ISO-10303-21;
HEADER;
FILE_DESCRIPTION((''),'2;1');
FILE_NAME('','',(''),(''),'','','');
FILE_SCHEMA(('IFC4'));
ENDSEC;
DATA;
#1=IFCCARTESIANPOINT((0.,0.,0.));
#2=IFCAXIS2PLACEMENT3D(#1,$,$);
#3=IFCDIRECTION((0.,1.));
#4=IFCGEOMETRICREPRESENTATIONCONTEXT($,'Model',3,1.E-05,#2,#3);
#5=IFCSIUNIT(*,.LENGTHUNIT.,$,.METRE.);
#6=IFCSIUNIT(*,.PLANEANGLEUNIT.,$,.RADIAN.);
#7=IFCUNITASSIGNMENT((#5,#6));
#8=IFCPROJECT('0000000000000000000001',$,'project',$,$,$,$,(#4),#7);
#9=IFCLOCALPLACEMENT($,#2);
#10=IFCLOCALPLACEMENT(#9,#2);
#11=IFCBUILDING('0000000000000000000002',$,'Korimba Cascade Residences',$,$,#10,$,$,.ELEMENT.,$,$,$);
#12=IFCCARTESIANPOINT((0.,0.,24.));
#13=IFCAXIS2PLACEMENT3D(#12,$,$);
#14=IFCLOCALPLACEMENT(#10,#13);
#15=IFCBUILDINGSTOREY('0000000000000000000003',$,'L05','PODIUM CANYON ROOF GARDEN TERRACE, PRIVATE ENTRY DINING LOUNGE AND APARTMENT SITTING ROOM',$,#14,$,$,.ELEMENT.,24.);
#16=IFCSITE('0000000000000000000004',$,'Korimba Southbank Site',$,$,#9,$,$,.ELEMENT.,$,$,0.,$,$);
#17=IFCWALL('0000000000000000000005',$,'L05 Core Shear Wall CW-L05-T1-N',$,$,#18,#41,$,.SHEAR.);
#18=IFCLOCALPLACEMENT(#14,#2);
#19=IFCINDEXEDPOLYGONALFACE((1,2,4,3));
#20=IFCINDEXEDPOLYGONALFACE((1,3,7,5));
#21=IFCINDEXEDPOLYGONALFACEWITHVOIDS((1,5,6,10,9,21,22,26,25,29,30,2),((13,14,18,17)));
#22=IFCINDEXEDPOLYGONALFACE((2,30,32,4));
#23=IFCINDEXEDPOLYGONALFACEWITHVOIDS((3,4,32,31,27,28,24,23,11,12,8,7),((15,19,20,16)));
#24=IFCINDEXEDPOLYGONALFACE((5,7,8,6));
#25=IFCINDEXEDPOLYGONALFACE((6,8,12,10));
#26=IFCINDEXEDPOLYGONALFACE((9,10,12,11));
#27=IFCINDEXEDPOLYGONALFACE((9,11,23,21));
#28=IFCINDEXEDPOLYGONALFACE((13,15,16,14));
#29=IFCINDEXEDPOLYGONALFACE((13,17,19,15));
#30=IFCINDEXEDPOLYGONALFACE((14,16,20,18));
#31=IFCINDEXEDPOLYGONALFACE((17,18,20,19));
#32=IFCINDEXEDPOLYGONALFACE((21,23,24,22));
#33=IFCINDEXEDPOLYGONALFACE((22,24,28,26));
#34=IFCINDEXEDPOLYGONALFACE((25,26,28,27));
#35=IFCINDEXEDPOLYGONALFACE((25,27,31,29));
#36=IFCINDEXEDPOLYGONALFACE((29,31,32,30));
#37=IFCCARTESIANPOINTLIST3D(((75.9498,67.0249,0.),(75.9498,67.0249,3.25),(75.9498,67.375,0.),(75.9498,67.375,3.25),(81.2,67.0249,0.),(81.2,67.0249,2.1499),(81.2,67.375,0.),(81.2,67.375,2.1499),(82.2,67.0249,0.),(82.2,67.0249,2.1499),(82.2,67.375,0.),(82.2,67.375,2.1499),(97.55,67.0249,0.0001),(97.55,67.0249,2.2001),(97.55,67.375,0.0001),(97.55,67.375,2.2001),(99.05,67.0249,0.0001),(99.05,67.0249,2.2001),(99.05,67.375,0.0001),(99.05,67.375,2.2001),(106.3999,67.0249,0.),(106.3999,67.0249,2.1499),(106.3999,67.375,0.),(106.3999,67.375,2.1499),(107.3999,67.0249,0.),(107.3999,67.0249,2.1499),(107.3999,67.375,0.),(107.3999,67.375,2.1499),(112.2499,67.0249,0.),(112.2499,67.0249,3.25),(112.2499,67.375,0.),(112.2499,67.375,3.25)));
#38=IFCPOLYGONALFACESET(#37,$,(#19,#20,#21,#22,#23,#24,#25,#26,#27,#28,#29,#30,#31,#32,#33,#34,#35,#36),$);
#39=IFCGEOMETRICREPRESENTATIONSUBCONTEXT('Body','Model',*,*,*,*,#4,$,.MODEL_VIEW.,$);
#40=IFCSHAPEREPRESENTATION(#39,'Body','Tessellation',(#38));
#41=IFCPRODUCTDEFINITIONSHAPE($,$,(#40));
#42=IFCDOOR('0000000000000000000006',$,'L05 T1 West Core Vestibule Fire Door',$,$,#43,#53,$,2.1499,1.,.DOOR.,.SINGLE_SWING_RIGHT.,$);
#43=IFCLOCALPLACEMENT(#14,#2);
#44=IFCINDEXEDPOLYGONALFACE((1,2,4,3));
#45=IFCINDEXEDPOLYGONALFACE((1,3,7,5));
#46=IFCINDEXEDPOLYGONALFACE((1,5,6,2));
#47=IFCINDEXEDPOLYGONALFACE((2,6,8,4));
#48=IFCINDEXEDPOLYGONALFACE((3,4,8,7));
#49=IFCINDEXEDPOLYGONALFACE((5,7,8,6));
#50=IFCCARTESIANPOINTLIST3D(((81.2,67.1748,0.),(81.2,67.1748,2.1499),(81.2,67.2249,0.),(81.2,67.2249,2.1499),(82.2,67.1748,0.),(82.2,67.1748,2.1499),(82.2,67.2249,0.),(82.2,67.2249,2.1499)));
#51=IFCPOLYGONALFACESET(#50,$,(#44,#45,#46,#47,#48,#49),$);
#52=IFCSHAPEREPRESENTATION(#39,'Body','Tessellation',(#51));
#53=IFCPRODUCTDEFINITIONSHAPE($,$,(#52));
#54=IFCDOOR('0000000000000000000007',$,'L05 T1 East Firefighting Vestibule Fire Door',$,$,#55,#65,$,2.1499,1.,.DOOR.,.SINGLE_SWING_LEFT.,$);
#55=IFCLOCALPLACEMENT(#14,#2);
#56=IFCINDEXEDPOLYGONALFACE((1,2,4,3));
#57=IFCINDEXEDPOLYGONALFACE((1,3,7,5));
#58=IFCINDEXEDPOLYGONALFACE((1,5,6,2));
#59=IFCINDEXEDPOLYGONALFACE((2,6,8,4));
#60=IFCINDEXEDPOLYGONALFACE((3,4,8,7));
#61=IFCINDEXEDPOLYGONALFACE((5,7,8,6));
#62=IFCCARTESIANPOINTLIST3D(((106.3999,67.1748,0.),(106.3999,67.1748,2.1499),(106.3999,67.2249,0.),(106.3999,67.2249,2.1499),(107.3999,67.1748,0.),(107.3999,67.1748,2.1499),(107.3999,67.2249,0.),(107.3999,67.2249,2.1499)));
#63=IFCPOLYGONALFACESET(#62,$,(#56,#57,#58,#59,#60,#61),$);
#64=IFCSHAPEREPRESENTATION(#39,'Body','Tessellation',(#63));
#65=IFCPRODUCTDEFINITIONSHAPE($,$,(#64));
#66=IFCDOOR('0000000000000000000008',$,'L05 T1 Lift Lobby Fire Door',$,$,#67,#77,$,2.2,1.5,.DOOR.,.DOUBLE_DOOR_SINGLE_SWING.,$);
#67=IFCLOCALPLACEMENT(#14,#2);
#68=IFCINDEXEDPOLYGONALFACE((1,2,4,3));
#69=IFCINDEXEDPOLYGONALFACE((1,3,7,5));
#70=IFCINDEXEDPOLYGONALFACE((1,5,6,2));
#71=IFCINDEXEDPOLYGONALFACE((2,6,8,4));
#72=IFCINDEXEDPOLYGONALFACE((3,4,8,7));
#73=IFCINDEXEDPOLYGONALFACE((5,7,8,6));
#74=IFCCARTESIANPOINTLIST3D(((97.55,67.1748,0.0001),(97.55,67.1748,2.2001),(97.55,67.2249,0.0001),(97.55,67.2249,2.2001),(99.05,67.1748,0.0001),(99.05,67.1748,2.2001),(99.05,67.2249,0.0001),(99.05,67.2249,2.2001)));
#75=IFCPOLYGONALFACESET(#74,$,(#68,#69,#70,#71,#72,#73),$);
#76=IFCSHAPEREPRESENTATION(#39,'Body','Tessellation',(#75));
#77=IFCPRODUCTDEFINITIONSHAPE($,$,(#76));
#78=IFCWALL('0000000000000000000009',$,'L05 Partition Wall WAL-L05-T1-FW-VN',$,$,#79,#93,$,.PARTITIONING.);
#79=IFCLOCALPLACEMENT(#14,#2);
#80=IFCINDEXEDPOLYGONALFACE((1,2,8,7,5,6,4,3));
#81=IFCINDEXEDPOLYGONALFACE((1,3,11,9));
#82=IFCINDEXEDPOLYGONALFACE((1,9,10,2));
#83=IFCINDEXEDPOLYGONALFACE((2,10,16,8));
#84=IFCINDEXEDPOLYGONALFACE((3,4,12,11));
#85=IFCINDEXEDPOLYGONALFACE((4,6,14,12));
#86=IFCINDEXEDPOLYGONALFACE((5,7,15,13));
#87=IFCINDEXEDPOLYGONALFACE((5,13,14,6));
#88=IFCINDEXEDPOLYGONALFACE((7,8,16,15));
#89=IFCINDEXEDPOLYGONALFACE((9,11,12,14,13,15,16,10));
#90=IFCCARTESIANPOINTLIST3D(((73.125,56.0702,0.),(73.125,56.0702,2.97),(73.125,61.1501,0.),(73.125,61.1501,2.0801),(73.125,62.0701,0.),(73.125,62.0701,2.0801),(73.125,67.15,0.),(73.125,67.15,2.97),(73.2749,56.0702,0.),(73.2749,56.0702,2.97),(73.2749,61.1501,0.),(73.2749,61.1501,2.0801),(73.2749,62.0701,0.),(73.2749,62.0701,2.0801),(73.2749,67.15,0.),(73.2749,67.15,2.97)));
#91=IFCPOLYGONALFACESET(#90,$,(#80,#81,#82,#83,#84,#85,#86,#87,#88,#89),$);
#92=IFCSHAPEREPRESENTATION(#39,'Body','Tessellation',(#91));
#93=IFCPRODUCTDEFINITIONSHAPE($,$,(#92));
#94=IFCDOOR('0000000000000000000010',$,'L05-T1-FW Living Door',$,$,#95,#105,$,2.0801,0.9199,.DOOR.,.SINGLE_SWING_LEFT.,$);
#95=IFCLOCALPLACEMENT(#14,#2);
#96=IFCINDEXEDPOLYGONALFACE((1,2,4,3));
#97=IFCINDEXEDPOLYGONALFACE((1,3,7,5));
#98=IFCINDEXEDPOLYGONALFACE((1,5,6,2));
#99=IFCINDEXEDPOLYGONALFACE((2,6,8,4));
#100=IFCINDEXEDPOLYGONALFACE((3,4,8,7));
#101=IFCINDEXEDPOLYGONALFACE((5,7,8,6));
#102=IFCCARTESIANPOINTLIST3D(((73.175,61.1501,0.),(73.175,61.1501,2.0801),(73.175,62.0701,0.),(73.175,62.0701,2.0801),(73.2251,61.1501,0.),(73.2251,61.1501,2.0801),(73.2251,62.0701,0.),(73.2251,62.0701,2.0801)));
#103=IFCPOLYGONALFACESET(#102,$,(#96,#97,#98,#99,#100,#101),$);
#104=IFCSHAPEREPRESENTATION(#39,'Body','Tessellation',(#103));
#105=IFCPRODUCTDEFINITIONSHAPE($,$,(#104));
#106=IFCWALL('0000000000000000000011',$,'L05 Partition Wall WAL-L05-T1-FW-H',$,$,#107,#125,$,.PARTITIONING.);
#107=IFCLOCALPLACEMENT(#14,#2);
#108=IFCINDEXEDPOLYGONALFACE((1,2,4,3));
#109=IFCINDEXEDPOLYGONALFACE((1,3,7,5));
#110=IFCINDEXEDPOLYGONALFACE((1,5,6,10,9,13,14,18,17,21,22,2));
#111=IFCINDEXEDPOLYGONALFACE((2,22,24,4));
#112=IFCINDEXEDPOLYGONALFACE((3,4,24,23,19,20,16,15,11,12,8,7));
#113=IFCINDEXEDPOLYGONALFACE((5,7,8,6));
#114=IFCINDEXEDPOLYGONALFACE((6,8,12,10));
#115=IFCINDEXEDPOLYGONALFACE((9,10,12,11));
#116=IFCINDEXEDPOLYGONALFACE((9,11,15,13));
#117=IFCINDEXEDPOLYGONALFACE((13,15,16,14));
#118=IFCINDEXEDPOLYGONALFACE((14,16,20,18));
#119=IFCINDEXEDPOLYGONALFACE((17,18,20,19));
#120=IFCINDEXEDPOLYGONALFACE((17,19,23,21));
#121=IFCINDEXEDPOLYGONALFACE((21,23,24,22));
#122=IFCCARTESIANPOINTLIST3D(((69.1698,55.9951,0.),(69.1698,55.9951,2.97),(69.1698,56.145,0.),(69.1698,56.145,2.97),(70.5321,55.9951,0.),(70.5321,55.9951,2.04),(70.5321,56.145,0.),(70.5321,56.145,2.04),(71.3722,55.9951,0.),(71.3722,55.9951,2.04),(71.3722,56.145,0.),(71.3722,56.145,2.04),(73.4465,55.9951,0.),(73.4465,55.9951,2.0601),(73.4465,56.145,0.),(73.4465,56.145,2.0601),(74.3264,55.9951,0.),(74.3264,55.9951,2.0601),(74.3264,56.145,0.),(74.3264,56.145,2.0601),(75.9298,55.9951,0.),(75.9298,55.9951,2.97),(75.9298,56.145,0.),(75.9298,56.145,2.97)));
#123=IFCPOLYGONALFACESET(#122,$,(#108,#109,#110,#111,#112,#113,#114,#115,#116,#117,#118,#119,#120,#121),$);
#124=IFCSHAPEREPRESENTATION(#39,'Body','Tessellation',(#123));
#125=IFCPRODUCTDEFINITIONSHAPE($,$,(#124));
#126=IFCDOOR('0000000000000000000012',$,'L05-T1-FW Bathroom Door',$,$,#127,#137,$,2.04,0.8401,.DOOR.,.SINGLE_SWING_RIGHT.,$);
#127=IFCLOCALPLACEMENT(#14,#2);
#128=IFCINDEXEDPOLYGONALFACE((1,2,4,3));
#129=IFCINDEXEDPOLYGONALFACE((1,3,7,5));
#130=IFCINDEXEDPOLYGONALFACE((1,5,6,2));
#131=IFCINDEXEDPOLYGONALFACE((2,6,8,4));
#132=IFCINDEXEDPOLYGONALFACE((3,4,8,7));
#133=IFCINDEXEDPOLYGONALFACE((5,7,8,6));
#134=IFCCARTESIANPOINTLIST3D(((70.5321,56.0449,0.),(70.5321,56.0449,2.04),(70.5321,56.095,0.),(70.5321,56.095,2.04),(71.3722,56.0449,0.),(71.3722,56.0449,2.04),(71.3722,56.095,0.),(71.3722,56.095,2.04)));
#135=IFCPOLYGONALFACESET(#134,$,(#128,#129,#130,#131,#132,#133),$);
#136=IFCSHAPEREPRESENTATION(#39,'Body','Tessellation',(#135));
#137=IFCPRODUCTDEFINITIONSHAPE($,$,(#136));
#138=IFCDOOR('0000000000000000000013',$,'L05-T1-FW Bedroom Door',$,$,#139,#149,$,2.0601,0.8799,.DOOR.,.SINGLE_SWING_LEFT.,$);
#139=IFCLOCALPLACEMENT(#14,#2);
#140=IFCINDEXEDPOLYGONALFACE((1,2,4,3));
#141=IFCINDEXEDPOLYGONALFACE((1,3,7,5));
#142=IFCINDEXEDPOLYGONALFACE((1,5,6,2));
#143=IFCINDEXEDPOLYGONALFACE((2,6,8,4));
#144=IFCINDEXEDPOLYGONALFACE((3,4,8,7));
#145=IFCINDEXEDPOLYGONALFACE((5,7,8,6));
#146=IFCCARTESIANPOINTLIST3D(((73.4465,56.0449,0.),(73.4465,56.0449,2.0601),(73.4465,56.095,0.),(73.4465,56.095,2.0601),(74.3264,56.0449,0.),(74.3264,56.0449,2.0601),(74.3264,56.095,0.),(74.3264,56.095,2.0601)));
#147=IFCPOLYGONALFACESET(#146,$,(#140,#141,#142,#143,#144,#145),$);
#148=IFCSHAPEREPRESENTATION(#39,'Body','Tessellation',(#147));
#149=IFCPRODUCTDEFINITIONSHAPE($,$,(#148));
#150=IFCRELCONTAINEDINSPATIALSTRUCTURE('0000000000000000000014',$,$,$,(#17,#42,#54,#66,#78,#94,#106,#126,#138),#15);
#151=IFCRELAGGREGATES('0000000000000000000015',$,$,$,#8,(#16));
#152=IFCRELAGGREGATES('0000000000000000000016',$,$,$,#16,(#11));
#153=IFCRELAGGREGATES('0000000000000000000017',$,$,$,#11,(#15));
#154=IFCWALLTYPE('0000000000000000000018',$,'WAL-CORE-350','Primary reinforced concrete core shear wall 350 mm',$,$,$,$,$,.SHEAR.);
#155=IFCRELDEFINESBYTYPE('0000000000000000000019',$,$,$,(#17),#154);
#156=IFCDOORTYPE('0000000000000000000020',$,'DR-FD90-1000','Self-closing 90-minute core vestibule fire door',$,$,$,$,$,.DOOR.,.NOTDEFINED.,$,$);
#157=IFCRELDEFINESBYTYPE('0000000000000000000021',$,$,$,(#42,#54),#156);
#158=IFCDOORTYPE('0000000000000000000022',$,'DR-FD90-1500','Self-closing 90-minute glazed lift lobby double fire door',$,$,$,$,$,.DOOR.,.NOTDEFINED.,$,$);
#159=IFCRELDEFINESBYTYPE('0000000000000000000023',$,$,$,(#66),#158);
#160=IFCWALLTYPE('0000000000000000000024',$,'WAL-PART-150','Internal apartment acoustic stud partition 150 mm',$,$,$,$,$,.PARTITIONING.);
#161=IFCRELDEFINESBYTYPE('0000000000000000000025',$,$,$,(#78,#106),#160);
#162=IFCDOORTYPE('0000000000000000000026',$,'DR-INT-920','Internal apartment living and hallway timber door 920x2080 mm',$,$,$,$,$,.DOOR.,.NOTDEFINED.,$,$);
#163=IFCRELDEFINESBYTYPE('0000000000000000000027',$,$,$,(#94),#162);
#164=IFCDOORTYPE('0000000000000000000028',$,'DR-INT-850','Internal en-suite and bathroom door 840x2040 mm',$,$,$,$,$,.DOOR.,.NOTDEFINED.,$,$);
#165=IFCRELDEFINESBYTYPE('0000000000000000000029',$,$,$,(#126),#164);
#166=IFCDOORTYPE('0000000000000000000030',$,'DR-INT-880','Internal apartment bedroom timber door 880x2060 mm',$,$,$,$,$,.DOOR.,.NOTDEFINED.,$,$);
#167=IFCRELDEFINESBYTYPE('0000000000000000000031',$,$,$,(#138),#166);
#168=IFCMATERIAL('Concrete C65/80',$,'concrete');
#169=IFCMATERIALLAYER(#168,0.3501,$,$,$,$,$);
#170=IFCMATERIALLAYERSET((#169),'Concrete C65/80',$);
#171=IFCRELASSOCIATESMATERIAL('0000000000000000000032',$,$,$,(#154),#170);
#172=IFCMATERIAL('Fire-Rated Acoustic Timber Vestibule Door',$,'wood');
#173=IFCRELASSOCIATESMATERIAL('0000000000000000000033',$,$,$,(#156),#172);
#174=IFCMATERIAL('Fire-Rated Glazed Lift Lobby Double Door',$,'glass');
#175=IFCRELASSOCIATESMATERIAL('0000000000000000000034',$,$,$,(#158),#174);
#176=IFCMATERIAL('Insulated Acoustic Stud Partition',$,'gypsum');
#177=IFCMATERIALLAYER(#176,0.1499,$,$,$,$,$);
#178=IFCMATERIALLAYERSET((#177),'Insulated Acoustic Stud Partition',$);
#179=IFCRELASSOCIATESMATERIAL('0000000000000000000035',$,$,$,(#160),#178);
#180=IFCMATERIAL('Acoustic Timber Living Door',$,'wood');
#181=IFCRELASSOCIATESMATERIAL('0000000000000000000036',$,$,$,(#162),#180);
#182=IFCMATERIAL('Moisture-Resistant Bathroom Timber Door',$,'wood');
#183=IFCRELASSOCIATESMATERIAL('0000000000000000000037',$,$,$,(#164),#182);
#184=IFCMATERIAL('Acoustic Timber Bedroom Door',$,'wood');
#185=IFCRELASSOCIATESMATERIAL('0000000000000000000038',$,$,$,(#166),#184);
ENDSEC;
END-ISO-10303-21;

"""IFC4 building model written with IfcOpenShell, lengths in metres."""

from ifc_helpers import new_model, si_unit, direction, frame, frame_2d, origin, place, context, subcontext, project, spatial, rectangle, extrude, material, layer, layer_set, type_object, element, fill, save


model = new_model("IFC4")

# Units and contexts
model_context = context("Model", 3, precision=1e-05, world=origin(), true_north=direction((0.0, 1.0)))
body_context = subcontext(model_context, "Body", "Model", "MODEL_VIEW")
ifc_project = project(units=[si_unit("LENGTHUNIT", "METRE"), si_unit("PLANEANGLEUNIT", "RADIAN")], contexts=[model_context])

# Site, building, storey
site_placement = place(None, origin())
site = spatial("IfcSite", under=ifc_project, at=site_placement, Name="Korimba Southbank Site", CompositionType="ELEMENT", RefElevation=0.0)
building_placement = place(site_placement, origin())
building = spatial("IfcBuilding", under=site, at=building_placement, Name="Korimba Cascade Residences", CompositionType="ELEMENT")
storey_placement = place(building_placement, frame((0.0, 0.0, 24.0)))
storey = spatial("IfcBuildingStorey", under=building, at=storey_placement, Name="L05", Description="PODIUM CANYON ROOF GARDEN TERRACE, PRIVATE ENTRY DINING LOUNGE AND APARTMENT SITTING ROOM", CompositionType="ELEMENT", Elevation=24.0)

# Shared definitions
ifc_material_1 = material(Name="Concrete C65/80", Category="concrete")
ifc_layer_1 = layer(ifc_material_1, 0.3501)
ifc_layer_set_1 = layer_set([ifc_layer_1], Name="Concrete C65/80")
wall_type_1 = type_object("IfcWallType", Name="WAL-CORE-350", Description="Primary reinforced concrete core shear wall 350 mm", PredefinedType="SHEAR", material=ifc_layer_set_1)

# Wall, openings, doors
wall_1_placement = place(storey_placement, frame((75.95, 67.2, 0.0), z_axis=(0.0, 0.0, 1.0), x_axis=(1.0, 0.0, 0.0)))
wall_1 = element("IfcWall", 1, at=wall_1_placement, inside=storey, type_object=wall_type_1, Name="L05 Core Shear Wall CW-L05-T1-N", PredefinedType="SHEAR", context=body_context, shape_type="SweptSolid", body=[
    extrude(rectangle(XDim=36.3, YDim=0.3501, at=frame_2d((18.1499, 0.0))), origin(), (0.0, 0.0, 1.0), 3.25),
])
opening_1_placement = place(wall_1_placement, frame((5.25, 0.0, 0.0)))
opening_1 = element("IfcOpeningElement", 2, at=opening_1_placement, cuts=wall_1, PredefinedType="OPENING", context=body_context, shape_type="SweptSolid", body=[
    extrude(rectangle(XDim=1.0, YDim=2.1499, at=frame_2d((0.5, 1.075))), frame((0.0, 0.1851, 0.0), z_axis=(0.0, -1.0, 0.0), x_axis=(1.0, 0.0, 0.0)), (0.0, 0.0, 1.0), 0.3701),
])
opening_2_placement = place(wall_1_placement, frame((21.6001, 0.0, 0.0)))
opening_2 = element("IfcOpeningElement", 3, at=opening_2_placement, cuts=wall_1, PredefinedType="OPENING", context=body_context, shape_type="SweptSolid", body=[
    extrude(rectangle(XDim=1.5, YDim=2.2, at=frame_2d((0.75, 1.1001))), frame((0.0, 0.1851, 0.0), z_axis=(0.0, -1.0, 0.0), x_axis=(1.0, 0.0, 0.0)), (0.0, 0.0, 1.0), 0.3701),
])
opening_3_placement = place(wall_1_placement, frame((30.45, 0.0, 0.0)))
opening_3 = element("IfcOpeningElement", 4, at=opening_3_placement, cuts=wall_1, PredefinedType="OPENING", context=body_context, shape_type="SweptSolid", body=[
    extrude(rectangle(XDim=1.0, YDim=2.1499, at=frame_2d((0.5, 1.075))), frame((0.0, 0.1851, 0.0), z_axis=(0.0, -1.0, 0.0), x_axis=(1.0, 0.0, 0.0)), (0.0, 0.0, 1.0), 0.3701),
])
ifc_material_2 = material(Name="Fire-Rated Acoustic Timber Vestibule Door", Category="wood")
door_type_1 = type_object("IfcDoorType", Name="DR-FD90-1000", Description="Self-closing 90-minute core vestibule fire door", OperationType="NOTDEFINED", PredefinedType="DOOR", material=ifc_material_2)
door_1_placement = place(opening_1_placement, origin())
door_1 = element("IfcDoor", 5, at=door_1_placement, inside=storey, type_object=door_type_1, Name="L05 T1 West Core Vestibule Fire Door", OperationType="SINGLE_SWING_RIGHT", OverallHeight=2.1499, OverallWidth=1.0, PredefinedType="DOOR", context=body_context, shape_type="SweptSolid", body=[
    extrude(rectangle(XDim=1.0, YDim=2.1499, at=frame_2d((0.5, 1.075))), frame((0.0, 0.0249, 0.0), z_axis=(0.0, -1.0, 0.0), x_axis=(1.0, 0.0, 0.0)), (0.0, 0.0, 1.0), 0.05),
])
fill(opening_1, door_1)
door_2_placement = place(opening_3_placement, origin())
door_2 = element("IfcDoor", 6, at=door_2_placement, inside=storey, type_object=door_type_1, Name="L05 T1 East Firefighting Vestibule Fire Door", OperationType="SINGLE_SWING_LEFT", OverallHeight=2.1499, OverallWidth=1.0, PredefinedType="DOOR", context=body_context, shape_type="SweptSolid", body=[
    extrude(rectangle(XDim=1.0, YDim=2.1499, at=frame_2d((0.5, 1.075))), frame((0.0, 0.0249, 0.0), z_axis=(0.0, -1.0, 0.0), x_axis=(1.0, 0.0, 0.0)), (0.0, 0.0, 1.0), 0.05),
])
fill(opening_3, door_2)
ifc_material_3 = material(Name="Fire-Rated Glazed Lift Lobby Double Door", Category="glass")
door_type_2 = type_object("IfcDoorType", Name="DR-FD90-1500", Description="Self-closing 90-minute glazed lift lobby double fire door", OperationType="NOTDEFINED", PredefinedType="DOOR", material=ifc_material_3)
door_3_placement = place(opening_2_placement, origin())
door_3 = element("IfcDoor", 7, at=door_3_placement, inside=storey, type_object=door_type_2, Name="L05 T1 Lift Lobby Fire Door", OperationType="DOUBLE_DOOR_SINGLE_SWING", OverallHeight=2.2, OverallWidth=1.5, PredefinedType="DOOR", context=body_context, shape_type="SweptSolid", body=[
    extrude(rectangle(XDim=1.5, YDim=2.2, at=frame_2d((0.75, 1.1001))), frame((0.0, 0.0249, 0.0), z_axis=(0.0, -1.0, 0.0), x_axis=(1.0, 0.0, 0.0)), (0.0, 0.0, 1.0), 0.05),
])
fill(opening_2, door_3)

# Wall, opening, door
ifc_material_4 = material(Name="Insulated Acoustic Stud Partition", Category="gypsum")
ifc_layer_2 = layer(ifc_material_4, 0.1499)
ifc_layer_set_2 = layer_set([ifc_layer_2], Name="Insulated Acoustic Stud Partition")
wall_type_2 = type_object("IfcWallType", Name="WAL-PART-150", Description="Internal apartment acoustic stud partition 150 mm", PredefinedType="PARTITIONING", material=ifc_layer_set_2)
wall_2_placement = place(storey_placement, frame((73.2, 56.0701, 0.0), z_axis=(0.0, 0.0, 1.0), x_axis=(0.0, 1.0, 0.0)))
wall_2 = element("IfcWall", 8, at=wall_2_placement, inside=storey, type_object=wall_type_2, Name="L05 Partition Wall WAL-L05-T1-FW-VN", PredefinedType="PARTITIONING", context=body_context, shape_type="SweptSolid", body=[
    extrude(rectangle(XDim=11.0798, YDim=0.1499, at=frame_2d((5.54, 0.0))), origin(), (0.0, 0.0, 1.0), 2.97),
])
opening_4_placement = place(wall_2_placement, frame((5.0801, 0.0, 0.0)))
opening_4 = element("IfcOpeningElement", 9, at=opening_4_placement, cuts=wall_2, PredefinedType="OPENING", context=body_context, shape_type="SweptSolid", body=[
    extrude(rectangle(XDim=0.9199, YDim=2.0801, at=frame_2d((0.46, 1.04))), frame((0.0, 0.085, 0.0), z_axis=(0.0, -1.0, 0.0), x_axis=(1.0, 0.0, 0.0)), (0.0, 0.0, 1.0), 0.1699),
])
ifc_material_5 = material(Name="Acoustic Timber Living Door", Category="wood")
door_type_3 = type_object("IfcDoorType", Name="DR-INT-920", Description="Internal apartment living and hallway timber door 920x2080 mm", OperationType="NOTDEFINED", PredefinedType="DOOR", material=ifc_material_5)
door_4_placement = place(opening_4_placement, origin())
door_4 = element("IfcDoor", 10, at=door_4_placement, inside=storey, type_object=door_type_3, Name="L05-T1-FW Living Door", OperationType="SINGLE_SWING_LEFT", OverallHeight=2.0801, OverallWidth=0.9199, PredefinedType="DOOR", context=body_context, shape_type="SweptSolid", body=[
    extrude(rectangle(XDim=0.9199, YDim=2.0801, at=frame_2d((0.46, 1.04))), frame((0.0, 0.0249, 0.0), z_axis=(0.0, -1.0, 0.0), x_axis=(1.0, 0.0, 0.0)), (0.0, 0.0, 1.0), 0.05),
])
fill(opening_4, door_4)

# Wall, openings, doors
wall_3_placement = place(storey_placement, frame((69.1699, 56.0701, 0.0), z_axis=(0.0, 0.0, 1.0), x_axis=(1.0, 0.0, 0.0)))
wall_3 = element("IfcWall", 11, at=wall_3_placement, inside=storey, type_object=wall_type_2, Name="L05 Partition Wall WAL-L05-T1-FW-H", PredefinedType="PARTITIONING", context=body_context, shape_type="SweptSolid", body=[
    extrude(rectangle(XDim=6.76, YDim=0.1499, at=frame_2d((3.3799, 0.0))), origin(), (0.0, 0.0, 1.0), 2.97),
])
opening_5_placement = place(wall_3_placement, frame((1.3623, 0.0, 0.0)))
opening_5 = element("IfcOpeningElement", 12, at=opening_5_placement, cuts=wall_3, PredefinedType="OPENING", context=body_context, shape_type="SweptSolid", body=[
    extrude(rectangle(XDim=0.8401, YDim=2.04, at=frame_2d((0.4199, 1.02))), frame((0.0, 0.085, 0.0), z_axis=(0.0, -1.0, 0.0), x_axis=(1.0, 0.0, 0.0)), (0.0, 0.0, 1.0), 0.1699),
])
opening_6_placement = place(wall_3_placement, frame((4.2766, 0.0, 0.0)))
opening_6 = element("IfcOpeningElement", 13, at=opening_6_placement, cuts=wall_3, PredefinedType="OPENING", context=body_context, shape_type="SweptSolid", body=[
    extrude(rectangle(XDim=0.8799, YDim=2.0601, at=frame_2d((0.4399, 1.03))), frame((0.0, 0.085, 0.0), z_axis=(0.0, -1.0, 0.0), x_axis=(1.0, 0.0, 0.0)), (0.0, 0.0, 1.0), 0.1699),
])
ifc_material_6 = material(Name="Moisture-Resistant Bathroom Timber Door", Category="wood")
door_type_4 = type_object("IfcDoorType", Name="DR-INT-850", Description="Internal en-suite and bathroom door 840x2040 mm", OperationType="NOTDEFINED", PredefinedType="DOOR", material=ifc_material_6)
door_5_placement = place(opening_5_placement, origin())
door_5 = element("IfcDoor", 14, at=door_5_placement, inside=storey, type_object=door_type_4, Name="L05-T1-FW Bathroom Door", OperationType="SINGLE_SWING_RIGHT", OverallHeight=2.04, OverallWidth=0.8401, PredefinedType="DOOR", context=body_context, shape_type="SweptSolid", body=[
    extrude(rectangle(XDim=0.8401, YDim=2.04, at=frame_2d((0.4199, 1.02))), frame((0.0, 0.0249, 0.0), z_axis=(0.0, -1.0, 0.0), x_axis=(1.0, 0.0, 0.0)), (0.0, 0.0, 1.0), 0.05),
])
fill(opening_5, door_5)
ifc_material_7 = material(Name="Acoustic Timber Bedroom Door", Category="wood")
door_type_5 = type_object("IfcDoorType", Name="DR-INT-880", Description="Internal apartment bedroom timber door 880x2060 mm", OperationType="NOTDEFINED", PredefinedType="DOOR", material=ifc_material_7)
door_6_placement = place(opening_6_placement, origin())
door_6 = element("IfcDoor", 15, at=door_6_placement, inside=storey, type_object=door_type_5, Name="L05-T1-FW Bedroom Door", OperationType="SINGLE_SWING_LEFT", OverallHeight=2.0601, OverallWidth=0.8799, PredefinedType="DOOR", context=body_context, shape_type="SweptSolid", body=[
    extrude(rectangle(XDim=0.8799, YDim=2.0601, at=frame_2d((0.4399, 1.03))), frame((0.0, 0.0249, 0.0), z_axis=(0.0, -1.0, 0.0), x_axis=(1.0, 0.0, 0.0)), (0.0, 0.0, 1.0), 0.05),
])
fill(opening_6, door_6)

save(model, "model.ifc")
